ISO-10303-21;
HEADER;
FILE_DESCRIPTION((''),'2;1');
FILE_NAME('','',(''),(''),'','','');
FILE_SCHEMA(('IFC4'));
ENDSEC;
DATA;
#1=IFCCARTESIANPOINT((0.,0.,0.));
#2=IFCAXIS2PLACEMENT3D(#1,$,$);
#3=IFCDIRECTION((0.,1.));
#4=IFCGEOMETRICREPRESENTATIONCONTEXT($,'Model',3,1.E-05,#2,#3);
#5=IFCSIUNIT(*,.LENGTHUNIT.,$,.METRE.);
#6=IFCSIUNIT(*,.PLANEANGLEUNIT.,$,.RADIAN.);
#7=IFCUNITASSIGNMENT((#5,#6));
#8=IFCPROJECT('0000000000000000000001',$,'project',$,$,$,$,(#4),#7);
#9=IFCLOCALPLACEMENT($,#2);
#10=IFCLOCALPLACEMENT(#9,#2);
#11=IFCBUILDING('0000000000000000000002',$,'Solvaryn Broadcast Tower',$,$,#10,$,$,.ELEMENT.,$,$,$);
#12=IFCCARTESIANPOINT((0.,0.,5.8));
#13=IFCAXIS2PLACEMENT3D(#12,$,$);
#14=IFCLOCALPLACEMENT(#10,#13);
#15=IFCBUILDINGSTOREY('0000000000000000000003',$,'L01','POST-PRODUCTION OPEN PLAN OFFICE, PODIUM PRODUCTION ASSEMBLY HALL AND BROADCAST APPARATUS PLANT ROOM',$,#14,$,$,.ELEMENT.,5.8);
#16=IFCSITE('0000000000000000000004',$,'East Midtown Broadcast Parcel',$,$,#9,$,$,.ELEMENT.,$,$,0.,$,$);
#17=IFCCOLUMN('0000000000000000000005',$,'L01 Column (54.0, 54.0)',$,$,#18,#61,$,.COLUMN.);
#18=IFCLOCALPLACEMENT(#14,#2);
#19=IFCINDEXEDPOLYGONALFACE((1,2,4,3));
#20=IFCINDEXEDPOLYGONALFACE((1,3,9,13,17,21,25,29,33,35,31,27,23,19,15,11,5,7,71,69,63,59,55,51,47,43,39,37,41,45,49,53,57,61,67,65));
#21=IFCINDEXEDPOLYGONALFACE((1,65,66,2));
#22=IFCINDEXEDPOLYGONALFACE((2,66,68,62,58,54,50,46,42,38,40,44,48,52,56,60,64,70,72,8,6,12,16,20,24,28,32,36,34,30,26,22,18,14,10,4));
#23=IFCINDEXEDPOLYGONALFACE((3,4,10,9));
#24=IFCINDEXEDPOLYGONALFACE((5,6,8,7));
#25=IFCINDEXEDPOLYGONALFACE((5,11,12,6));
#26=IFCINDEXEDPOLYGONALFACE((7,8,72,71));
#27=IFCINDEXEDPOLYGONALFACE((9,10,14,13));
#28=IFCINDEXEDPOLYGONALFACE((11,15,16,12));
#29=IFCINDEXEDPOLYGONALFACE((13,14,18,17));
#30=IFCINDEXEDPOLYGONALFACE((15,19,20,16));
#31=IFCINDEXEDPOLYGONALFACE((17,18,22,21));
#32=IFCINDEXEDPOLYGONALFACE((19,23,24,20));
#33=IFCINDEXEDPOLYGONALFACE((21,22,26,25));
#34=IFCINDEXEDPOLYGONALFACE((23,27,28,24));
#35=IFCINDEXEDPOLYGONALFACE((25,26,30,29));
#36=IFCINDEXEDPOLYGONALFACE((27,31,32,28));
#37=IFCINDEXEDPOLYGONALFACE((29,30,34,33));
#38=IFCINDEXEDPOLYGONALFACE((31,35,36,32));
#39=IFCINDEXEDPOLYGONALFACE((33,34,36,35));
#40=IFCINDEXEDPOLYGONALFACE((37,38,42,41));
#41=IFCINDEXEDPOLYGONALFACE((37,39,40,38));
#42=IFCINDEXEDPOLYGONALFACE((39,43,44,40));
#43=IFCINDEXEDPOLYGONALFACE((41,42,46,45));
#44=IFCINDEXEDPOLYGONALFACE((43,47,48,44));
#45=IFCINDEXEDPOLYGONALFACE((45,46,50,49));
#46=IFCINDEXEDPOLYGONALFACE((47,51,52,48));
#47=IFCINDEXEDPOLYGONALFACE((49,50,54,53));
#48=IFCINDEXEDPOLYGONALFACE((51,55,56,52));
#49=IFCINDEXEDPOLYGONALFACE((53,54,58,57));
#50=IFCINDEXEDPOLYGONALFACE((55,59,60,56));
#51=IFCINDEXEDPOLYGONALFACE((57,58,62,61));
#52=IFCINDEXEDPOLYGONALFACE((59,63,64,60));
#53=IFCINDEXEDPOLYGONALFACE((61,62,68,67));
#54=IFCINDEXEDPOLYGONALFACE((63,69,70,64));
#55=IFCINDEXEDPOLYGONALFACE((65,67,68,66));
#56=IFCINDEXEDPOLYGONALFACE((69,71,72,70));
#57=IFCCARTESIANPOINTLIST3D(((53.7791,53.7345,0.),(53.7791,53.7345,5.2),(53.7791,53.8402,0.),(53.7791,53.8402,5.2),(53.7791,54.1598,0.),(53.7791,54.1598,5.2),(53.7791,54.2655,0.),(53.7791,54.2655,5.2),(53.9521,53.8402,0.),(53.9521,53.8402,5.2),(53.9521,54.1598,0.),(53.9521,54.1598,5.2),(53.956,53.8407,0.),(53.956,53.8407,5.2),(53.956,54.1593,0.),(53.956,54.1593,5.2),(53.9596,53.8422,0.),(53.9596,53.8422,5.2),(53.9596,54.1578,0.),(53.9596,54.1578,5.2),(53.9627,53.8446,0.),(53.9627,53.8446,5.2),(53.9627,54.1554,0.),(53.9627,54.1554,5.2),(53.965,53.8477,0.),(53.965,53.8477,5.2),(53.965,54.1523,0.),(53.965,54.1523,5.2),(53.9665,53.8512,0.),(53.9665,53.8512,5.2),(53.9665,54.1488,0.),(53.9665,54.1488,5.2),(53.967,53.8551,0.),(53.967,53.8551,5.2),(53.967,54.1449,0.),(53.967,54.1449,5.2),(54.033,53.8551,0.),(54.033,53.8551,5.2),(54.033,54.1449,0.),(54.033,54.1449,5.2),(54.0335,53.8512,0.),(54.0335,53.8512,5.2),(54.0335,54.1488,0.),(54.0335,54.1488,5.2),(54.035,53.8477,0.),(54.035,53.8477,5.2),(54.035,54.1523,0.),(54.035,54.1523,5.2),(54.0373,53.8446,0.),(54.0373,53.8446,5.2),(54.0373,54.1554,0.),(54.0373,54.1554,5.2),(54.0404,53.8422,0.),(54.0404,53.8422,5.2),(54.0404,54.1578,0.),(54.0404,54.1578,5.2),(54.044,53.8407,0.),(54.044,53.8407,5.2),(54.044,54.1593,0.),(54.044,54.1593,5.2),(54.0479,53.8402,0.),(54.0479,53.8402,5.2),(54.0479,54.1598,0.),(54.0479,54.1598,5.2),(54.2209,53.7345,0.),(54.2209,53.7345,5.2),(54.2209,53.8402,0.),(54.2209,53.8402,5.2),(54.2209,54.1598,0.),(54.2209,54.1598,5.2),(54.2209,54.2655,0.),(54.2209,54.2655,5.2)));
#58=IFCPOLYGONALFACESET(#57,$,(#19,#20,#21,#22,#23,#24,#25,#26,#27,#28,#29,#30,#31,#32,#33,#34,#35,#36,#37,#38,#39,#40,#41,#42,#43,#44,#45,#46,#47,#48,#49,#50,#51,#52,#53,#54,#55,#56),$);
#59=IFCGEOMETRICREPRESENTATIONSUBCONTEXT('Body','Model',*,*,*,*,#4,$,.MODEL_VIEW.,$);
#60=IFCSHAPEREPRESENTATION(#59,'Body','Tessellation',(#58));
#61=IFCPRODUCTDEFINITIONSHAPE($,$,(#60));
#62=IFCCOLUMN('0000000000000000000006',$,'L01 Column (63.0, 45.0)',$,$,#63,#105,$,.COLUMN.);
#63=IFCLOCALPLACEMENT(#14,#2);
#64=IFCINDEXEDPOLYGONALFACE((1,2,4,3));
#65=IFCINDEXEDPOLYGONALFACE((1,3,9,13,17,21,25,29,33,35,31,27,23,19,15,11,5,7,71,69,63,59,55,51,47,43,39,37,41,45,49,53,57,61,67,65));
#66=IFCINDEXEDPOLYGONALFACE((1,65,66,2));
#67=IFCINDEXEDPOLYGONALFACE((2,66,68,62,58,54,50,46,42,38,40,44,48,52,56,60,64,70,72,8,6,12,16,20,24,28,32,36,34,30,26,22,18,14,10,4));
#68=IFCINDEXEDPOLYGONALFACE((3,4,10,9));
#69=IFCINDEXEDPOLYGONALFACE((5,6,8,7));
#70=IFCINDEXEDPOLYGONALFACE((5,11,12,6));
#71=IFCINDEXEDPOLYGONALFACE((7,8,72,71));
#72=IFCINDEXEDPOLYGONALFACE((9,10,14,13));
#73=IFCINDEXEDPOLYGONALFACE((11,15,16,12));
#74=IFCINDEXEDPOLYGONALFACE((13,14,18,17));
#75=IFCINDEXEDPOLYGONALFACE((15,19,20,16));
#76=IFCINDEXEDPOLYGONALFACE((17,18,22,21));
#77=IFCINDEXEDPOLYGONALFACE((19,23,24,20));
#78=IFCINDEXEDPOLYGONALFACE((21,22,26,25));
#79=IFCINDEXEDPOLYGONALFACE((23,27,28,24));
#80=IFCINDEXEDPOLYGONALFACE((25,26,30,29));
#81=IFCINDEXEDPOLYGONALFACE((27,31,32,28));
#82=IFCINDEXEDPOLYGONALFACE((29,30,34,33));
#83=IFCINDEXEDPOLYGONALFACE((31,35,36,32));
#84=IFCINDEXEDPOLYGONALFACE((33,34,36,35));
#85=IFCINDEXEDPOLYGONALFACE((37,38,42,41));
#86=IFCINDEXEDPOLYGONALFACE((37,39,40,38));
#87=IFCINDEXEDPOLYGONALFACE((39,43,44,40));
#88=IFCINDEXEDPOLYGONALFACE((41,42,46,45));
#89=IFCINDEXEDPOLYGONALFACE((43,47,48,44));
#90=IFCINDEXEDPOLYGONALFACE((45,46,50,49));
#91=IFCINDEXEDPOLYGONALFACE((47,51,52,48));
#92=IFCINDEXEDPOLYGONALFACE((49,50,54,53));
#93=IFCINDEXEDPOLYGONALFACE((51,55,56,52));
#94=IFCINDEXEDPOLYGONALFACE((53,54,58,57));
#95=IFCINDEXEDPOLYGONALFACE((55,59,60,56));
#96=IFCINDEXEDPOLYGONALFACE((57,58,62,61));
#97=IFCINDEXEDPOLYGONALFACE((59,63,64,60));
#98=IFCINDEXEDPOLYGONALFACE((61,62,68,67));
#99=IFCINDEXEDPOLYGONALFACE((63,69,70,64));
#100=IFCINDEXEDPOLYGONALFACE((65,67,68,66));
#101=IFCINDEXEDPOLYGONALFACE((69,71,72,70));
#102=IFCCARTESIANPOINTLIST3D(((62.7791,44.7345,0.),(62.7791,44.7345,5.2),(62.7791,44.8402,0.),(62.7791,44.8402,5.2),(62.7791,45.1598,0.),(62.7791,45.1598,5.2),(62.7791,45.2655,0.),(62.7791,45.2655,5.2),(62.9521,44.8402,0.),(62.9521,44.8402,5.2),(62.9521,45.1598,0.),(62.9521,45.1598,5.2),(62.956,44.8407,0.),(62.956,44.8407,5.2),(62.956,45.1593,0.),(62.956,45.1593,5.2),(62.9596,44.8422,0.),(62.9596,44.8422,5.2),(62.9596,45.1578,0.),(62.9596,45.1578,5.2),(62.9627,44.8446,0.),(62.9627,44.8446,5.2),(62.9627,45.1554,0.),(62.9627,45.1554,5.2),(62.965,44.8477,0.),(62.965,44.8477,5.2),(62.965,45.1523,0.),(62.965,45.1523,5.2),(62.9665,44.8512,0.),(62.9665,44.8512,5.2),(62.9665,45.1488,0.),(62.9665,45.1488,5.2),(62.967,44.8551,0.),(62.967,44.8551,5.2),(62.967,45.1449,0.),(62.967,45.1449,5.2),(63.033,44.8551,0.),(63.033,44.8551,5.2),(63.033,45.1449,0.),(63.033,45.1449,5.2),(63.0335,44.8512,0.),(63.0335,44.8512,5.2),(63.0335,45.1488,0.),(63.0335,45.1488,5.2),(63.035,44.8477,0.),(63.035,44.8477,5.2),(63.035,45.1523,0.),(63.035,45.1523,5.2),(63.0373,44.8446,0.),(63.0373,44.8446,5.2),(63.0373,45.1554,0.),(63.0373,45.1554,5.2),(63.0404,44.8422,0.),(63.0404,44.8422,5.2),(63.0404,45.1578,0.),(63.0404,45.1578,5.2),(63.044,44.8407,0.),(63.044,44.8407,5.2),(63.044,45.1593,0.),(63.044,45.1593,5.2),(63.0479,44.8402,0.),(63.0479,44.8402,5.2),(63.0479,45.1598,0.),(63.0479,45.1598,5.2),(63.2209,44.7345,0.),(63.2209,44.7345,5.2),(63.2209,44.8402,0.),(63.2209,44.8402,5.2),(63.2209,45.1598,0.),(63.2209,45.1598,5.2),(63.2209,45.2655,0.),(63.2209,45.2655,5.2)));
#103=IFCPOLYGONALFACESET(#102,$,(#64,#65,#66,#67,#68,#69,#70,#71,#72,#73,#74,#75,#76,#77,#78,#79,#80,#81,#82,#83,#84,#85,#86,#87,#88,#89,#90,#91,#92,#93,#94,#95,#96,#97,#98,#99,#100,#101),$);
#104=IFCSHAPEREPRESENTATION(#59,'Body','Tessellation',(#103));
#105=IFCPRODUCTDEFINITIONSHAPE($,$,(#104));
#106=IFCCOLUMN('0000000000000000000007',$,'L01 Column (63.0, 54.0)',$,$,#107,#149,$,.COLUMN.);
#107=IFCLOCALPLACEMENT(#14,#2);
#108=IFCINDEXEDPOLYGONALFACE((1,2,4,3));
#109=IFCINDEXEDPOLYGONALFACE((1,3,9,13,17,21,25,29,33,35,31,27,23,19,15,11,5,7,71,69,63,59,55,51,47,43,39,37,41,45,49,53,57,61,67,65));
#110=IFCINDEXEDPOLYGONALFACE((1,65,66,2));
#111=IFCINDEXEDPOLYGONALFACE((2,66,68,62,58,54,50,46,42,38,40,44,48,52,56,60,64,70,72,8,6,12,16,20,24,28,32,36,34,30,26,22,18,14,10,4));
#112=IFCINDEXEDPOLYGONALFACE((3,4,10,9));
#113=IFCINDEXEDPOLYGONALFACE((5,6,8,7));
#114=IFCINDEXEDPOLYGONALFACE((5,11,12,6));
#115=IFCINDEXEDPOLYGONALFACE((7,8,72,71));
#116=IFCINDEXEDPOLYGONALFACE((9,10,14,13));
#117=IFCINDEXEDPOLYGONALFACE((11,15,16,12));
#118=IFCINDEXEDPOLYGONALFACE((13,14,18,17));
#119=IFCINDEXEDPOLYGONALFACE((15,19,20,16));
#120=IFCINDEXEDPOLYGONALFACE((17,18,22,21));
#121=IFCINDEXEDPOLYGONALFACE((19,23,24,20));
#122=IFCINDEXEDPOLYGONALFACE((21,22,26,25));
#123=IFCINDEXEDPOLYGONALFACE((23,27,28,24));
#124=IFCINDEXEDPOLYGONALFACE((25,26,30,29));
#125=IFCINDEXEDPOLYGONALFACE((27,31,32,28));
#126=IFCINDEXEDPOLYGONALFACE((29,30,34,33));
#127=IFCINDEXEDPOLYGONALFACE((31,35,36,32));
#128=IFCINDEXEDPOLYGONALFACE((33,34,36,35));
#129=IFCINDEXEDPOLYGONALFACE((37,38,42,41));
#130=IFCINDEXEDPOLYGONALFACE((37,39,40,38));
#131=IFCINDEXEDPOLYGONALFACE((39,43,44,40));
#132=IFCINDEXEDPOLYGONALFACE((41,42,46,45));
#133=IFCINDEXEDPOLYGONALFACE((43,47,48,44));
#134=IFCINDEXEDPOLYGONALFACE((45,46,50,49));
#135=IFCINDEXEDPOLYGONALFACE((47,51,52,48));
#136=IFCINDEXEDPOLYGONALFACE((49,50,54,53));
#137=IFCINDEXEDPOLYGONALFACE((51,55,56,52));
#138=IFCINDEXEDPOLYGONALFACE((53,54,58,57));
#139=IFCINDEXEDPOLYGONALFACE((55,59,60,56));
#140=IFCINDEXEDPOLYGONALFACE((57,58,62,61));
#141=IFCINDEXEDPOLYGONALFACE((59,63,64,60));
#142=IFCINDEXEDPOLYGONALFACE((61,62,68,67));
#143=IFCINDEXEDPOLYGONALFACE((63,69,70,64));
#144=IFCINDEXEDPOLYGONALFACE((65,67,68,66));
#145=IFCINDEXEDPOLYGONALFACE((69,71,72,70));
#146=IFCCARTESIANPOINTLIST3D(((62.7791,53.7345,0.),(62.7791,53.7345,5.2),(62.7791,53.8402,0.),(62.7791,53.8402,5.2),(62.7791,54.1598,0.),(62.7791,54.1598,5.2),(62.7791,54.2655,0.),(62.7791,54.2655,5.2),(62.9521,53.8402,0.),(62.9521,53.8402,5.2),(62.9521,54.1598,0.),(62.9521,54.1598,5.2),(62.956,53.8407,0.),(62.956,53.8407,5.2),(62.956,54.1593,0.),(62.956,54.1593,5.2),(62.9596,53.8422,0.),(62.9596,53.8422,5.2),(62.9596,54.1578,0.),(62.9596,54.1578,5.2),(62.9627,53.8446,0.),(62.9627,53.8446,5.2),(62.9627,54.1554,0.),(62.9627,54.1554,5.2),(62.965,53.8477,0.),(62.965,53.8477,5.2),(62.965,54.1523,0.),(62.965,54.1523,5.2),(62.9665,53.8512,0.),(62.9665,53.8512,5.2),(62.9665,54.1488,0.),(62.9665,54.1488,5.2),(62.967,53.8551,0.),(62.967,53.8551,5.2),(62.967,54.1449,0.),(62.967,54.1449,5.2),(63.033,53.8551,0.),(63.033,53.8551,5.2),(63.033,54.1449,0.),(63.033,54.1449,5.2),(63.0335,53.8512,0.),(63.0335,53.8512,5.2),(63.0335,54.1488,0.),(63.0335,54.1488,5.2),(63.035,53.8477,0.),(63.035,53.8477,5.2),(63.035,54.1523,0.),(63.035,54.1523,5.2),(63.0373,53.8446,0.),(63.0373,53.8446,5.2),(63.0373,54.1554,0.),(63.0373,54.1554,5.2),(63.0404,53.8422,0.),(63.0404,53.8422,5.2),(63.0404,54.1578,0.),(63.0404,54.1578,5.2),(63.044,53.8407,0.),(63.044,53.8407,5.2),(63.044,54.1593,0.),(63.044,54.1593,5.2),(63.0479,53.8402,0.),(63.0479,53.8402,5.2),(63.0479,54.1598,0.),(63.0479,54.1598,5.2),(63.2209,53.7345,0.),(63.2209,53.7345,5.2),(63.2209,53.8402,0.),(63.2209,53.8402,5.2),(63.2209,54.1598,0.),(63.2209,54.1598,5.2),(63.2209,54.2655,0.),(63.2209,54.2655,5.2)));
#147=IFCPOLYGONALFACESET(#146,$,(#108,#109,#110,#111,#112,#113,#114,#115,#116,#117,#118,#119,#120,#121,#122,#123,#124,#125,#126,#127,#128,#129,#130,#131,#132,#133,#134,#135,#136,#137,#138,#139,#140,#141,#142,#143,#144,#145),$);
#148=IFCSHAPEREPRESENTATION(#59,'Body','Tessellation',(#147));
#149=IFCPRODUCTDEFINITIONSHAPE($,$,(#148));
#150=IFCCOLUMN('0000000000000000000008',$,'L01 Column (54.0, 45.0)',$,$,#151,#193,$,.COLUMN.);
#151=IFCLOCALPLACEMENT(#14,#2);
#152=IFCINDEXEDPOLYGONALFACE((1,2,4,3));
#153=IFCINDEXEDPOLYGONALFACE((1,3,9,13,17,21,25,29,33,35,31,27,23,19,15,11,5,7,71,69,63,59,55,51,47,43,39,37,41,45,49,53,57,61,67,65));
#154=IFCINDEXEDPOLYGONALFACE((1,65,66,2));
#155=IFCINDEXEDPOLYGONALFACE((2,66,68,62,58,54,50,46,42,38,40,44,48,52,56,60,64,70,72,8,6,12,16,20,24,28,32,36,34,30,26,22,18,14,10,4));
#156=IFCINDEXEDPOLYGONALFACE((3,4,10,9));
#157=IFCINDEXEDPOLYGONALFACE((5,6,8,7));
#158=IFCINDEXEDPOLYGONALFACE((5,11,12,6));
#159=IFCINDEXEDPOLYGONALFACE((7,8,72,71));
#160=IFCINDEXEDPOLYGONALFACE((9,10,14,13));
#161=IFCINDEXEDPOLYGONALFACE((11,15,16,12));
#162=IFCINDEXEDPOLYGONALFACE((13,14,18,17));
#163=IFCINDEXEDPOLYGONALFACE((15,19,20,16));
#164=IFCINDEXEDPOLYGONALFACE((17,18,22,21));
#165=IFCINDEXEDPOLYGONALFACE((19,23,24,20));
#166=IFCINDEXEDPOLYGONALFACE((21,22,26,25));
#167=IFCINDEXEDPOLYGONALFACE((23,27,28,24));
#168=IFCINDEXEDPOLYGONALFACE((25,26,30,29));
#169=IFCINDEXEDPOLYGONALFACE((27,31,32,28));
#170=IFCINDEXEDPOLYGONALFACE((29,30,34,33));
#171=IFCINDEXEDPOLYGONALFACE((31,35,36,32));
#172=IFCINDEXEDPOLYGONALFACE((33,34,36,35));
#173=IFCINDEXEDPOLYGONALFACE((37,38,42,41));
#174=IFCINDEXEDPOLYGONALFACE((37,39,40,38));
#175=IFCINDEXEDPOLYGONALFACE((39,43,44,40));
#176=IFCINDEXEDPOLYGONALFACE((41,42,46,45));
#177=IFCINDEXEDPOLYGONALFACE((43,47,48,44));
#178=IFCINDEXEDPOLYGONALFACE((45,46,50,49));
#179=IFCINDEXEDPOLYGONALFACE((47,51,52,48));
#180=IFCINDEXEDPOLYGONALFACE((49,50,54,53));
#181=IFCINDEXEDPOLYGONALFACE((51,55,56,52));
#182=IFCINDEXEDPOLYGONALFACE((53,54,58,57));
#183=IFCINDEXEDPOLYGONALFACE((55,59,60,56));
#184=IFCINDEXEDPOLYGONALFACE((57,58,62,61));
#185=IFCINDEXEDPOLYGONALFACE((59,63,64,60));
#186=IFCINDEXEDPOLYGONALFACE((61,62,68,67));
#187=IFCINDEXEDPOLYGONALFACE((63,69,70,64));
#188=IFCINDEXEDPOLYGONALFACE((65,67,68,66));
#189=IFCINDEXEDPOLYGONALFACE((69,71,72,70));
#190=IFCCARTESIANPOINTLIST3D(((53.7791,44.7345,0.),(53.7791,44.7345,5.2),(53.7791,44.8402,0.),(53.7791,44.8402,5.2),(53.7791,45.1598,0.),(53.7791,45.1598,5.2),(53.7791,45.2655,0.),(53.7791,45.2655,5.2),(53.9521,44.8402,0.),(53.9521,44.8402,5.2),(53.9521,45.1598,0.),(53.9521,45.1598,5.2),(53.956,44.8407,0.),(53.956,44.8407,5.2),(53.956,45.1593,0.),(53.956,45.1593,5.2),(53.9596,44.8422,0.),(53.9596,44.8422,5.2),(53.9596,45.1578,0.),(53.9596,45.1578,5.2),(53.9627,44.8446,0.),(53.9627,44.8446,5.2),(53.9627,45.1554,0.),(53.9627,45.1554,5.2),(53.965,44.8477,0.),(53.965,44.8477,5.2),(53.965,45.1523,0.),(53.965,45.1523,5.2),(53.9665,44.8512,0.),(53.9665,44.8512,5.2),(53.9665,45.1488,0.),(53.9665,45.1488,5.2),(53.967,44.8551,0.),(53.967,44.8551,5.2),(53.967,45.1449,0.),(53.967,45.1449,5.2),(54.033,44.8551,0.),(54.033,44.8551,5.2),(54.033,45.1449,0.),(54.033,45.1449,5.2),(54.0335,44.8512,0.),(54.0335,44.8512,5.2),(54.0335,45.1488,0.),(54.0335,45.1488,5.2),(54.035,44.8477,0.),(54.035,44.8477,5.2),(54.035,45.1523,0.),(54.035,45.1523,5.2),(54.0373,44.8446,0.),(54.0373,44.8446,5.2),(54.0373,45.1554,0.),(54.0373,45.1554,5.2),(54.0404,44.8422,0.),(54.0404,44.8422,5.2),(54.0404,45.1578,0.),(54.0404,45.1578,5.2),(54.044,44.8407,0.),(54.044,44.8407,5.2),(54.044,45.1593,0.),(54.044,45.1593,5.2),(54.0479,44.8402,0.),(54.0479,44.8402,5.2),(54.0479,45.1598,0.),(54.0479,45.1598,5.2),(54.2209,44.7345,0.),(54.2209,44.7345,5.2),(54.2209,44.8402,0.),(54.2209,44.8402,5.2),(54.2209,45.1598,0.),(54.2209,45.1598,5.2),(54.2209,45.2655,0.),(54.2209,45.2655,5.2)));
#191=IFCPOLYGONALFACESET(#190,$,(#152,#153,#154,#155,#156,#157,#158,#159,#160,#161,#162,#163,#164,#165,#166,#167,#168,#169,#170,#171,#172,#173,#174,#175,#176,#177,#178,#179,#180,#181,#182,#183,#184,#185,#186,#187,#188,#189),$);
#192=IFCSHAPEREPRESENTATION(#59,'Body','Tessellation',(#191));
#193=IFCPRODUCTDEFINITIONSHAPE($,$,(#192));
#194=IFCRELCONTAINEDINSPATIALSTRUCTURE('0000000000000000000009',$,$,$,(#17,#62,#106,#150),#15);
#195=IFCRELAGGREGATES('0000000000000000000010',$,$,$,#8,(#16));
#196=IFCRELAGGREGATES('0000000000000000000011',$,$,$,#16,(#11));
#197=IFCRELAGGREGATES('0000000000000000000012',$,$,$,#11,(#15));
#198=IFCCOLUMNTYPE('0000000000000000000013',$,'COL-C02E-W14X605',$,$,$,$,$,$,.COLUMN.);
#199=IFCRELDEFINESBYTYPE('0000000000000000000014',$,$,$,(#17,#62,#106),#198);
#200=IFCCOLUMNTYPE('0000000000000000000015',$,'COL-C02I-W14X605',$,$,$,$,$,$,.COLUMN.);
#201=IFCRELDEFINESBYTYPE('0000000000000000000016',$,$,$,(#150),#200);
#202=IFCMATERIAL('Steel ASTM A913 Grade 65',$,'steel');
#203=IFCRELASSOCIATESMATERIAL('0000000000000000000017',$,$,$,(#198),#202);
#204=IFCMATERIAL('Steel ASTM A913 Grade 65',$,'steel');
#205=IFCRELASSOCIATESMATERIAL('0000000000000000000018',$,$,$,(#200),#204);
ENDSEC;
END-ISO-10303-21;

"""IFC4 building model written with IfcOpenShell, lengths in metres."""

from ifc_helpers import new_model, si_unit, direction, frame, origin, origin_2d, place, context, subcontext, project, spatial, i_section, extrude, material, material_profile, profile_set, type_object, element, save


model = new_model("IFC4")

# Units and contexts
model_context = context("Model", 3, precision=1e-05, world=origin(), true_north=direction((0.0, 1.0)))
body_context = subcontext(model_context, "Body", "Model", "MODEL_VIEW")
ifc_project = project(units=[si_unit("LENGTHUNIT", "METRE"), si_unit("PLANEANGLEUNIT", "RADIAN")], contexts=[model_context])

# Site, building, storey
site_placement = place(None, origin())
site = spatial("IfcSite", under=ifc_project, at=site_placement, Name="East Midtown Broadcast Parcel", CompositionType="ELEMENT", RefElevation=0.0)
building_placement = place(site_placement, origin())
building = spatial("IfcBuilding", under=site, at=building_placement, Name="Solvaryn Broadcast Tower", CompositionType="ELEMENT")
storey_placement = place(building_placement, frame((0.0, 0.0, 5.8)))
storey = spatial("IfcBuildingStorey", under=building, at=storey_placement, Name="L01", Description="POST-PRODUCTION OPEN PLAN OFFICE, PODIUM PRODUCTION ASSEMBLY HALL AND BROADCAST APPARATUS PLANT ROOM", CompositionType="ELEMENT", Elevation=5.8)

# Columns
ifc_material_1 = material(Name="Steel ASTM A913 Grade 65", Category="steel")
ifc_material_profile_1 = material_profile(ifc_material_1, i_section(OverallWidth=0.4419, OverallDepth=0.531, WebThickness=0.0659, FlangeThickness=0.1057, FilletRadius=0.0149, at=origin_2d()))
ifc_profile_set_1 = profile_set([ifc_material_profile_1], Name="Steel ASTM A913 Grade 65")
column_type_1 = type_object("IfcColumnType", Name="COL-C02E-W14X605", PredefinedType="COLUMN", material=ifc_profile_set_1)
for number, where, z_axis, x_axis, name in (
    (1, (54.0, 54.0, 0.0), (0.0, 0.0, 1.0), (1.0, 0.0, 0.0), "L01 Column (54.0, 54.0)"),
    (2, (63.0, 45.0, 0.0), (0.0, 0.0, 1.0), (1.0, 0.0, 0.0), "L01 Column (63.0, 45.0)"),
    (3, (63.0, 54.0, 0.0), (0.0, 0.0, 1.0), (1.0, 0.0, 0.0), "L01 Column (63.0, 54.0)"),
):
    element("IfcColumn", number, at=place(storey_placement, frame(where, z_axis=z_axis, x_axis=x_axis)), inside=storey, type_object=column_type_1, Name=name, PredefinedType="COLUMN", context=body_context, shape_type="SweptSolid", body=[
        extrude(i_section(OverallWidth=0.4419, OverallDepth=0.531, WebThickness=0.0659, FlangeThickness=0.1057, FilletRadius=0.0149, at=origin_2d()), origin(), (0.0, 0.0, 1.0), 5.2),
    ])
ifc_material_2 = material(Name="Steel ASTM A913 Grade 65", Category="steel")
ifc_material_profile_2 = material_profile(ifc_material_2, i_section(OverallWidth=0.4419, OverallDepth=0.531, WebThickness=0.0659, FlangeThickness=0.1057, FilletRadius=0.0149, at=origin_2d()))
ifc_profile_set_2 = profile_set([ifc_material_profile_2], Name="Steel ASTM A913 Grade 65")
column_type_2 = type_object("IfcColumnType", Name="COL-C02I-W14X605", PredefinedType="COLUMN", material=ifc_profile_set_2)
column_placement = place(storey_placement, frame((54.0, 45.0, 0.0), z_axis=(0.0, 0.0, 1.0), x_axis=(1.0, 0.0, 0.0)))
element("IfcColumn", 4, at=column_placement, inside=storey, type_object=column_type_2, Name="L01 Column (54.0, 45.0)", PredefinedType="COLUMN", context=body_context, shape_type="SweptSolid", body=[
    extrude(i_section(OverallWidth=0.4419, OverallDepth=0.531, WebThickness=0.0659, FlangeThickness=0.1057, FilletRadius=0.0149, at=origin_2d()), origin(), (0.0, 0.0, 1.0), 5.2),
])

save(model, "model.ifc")
